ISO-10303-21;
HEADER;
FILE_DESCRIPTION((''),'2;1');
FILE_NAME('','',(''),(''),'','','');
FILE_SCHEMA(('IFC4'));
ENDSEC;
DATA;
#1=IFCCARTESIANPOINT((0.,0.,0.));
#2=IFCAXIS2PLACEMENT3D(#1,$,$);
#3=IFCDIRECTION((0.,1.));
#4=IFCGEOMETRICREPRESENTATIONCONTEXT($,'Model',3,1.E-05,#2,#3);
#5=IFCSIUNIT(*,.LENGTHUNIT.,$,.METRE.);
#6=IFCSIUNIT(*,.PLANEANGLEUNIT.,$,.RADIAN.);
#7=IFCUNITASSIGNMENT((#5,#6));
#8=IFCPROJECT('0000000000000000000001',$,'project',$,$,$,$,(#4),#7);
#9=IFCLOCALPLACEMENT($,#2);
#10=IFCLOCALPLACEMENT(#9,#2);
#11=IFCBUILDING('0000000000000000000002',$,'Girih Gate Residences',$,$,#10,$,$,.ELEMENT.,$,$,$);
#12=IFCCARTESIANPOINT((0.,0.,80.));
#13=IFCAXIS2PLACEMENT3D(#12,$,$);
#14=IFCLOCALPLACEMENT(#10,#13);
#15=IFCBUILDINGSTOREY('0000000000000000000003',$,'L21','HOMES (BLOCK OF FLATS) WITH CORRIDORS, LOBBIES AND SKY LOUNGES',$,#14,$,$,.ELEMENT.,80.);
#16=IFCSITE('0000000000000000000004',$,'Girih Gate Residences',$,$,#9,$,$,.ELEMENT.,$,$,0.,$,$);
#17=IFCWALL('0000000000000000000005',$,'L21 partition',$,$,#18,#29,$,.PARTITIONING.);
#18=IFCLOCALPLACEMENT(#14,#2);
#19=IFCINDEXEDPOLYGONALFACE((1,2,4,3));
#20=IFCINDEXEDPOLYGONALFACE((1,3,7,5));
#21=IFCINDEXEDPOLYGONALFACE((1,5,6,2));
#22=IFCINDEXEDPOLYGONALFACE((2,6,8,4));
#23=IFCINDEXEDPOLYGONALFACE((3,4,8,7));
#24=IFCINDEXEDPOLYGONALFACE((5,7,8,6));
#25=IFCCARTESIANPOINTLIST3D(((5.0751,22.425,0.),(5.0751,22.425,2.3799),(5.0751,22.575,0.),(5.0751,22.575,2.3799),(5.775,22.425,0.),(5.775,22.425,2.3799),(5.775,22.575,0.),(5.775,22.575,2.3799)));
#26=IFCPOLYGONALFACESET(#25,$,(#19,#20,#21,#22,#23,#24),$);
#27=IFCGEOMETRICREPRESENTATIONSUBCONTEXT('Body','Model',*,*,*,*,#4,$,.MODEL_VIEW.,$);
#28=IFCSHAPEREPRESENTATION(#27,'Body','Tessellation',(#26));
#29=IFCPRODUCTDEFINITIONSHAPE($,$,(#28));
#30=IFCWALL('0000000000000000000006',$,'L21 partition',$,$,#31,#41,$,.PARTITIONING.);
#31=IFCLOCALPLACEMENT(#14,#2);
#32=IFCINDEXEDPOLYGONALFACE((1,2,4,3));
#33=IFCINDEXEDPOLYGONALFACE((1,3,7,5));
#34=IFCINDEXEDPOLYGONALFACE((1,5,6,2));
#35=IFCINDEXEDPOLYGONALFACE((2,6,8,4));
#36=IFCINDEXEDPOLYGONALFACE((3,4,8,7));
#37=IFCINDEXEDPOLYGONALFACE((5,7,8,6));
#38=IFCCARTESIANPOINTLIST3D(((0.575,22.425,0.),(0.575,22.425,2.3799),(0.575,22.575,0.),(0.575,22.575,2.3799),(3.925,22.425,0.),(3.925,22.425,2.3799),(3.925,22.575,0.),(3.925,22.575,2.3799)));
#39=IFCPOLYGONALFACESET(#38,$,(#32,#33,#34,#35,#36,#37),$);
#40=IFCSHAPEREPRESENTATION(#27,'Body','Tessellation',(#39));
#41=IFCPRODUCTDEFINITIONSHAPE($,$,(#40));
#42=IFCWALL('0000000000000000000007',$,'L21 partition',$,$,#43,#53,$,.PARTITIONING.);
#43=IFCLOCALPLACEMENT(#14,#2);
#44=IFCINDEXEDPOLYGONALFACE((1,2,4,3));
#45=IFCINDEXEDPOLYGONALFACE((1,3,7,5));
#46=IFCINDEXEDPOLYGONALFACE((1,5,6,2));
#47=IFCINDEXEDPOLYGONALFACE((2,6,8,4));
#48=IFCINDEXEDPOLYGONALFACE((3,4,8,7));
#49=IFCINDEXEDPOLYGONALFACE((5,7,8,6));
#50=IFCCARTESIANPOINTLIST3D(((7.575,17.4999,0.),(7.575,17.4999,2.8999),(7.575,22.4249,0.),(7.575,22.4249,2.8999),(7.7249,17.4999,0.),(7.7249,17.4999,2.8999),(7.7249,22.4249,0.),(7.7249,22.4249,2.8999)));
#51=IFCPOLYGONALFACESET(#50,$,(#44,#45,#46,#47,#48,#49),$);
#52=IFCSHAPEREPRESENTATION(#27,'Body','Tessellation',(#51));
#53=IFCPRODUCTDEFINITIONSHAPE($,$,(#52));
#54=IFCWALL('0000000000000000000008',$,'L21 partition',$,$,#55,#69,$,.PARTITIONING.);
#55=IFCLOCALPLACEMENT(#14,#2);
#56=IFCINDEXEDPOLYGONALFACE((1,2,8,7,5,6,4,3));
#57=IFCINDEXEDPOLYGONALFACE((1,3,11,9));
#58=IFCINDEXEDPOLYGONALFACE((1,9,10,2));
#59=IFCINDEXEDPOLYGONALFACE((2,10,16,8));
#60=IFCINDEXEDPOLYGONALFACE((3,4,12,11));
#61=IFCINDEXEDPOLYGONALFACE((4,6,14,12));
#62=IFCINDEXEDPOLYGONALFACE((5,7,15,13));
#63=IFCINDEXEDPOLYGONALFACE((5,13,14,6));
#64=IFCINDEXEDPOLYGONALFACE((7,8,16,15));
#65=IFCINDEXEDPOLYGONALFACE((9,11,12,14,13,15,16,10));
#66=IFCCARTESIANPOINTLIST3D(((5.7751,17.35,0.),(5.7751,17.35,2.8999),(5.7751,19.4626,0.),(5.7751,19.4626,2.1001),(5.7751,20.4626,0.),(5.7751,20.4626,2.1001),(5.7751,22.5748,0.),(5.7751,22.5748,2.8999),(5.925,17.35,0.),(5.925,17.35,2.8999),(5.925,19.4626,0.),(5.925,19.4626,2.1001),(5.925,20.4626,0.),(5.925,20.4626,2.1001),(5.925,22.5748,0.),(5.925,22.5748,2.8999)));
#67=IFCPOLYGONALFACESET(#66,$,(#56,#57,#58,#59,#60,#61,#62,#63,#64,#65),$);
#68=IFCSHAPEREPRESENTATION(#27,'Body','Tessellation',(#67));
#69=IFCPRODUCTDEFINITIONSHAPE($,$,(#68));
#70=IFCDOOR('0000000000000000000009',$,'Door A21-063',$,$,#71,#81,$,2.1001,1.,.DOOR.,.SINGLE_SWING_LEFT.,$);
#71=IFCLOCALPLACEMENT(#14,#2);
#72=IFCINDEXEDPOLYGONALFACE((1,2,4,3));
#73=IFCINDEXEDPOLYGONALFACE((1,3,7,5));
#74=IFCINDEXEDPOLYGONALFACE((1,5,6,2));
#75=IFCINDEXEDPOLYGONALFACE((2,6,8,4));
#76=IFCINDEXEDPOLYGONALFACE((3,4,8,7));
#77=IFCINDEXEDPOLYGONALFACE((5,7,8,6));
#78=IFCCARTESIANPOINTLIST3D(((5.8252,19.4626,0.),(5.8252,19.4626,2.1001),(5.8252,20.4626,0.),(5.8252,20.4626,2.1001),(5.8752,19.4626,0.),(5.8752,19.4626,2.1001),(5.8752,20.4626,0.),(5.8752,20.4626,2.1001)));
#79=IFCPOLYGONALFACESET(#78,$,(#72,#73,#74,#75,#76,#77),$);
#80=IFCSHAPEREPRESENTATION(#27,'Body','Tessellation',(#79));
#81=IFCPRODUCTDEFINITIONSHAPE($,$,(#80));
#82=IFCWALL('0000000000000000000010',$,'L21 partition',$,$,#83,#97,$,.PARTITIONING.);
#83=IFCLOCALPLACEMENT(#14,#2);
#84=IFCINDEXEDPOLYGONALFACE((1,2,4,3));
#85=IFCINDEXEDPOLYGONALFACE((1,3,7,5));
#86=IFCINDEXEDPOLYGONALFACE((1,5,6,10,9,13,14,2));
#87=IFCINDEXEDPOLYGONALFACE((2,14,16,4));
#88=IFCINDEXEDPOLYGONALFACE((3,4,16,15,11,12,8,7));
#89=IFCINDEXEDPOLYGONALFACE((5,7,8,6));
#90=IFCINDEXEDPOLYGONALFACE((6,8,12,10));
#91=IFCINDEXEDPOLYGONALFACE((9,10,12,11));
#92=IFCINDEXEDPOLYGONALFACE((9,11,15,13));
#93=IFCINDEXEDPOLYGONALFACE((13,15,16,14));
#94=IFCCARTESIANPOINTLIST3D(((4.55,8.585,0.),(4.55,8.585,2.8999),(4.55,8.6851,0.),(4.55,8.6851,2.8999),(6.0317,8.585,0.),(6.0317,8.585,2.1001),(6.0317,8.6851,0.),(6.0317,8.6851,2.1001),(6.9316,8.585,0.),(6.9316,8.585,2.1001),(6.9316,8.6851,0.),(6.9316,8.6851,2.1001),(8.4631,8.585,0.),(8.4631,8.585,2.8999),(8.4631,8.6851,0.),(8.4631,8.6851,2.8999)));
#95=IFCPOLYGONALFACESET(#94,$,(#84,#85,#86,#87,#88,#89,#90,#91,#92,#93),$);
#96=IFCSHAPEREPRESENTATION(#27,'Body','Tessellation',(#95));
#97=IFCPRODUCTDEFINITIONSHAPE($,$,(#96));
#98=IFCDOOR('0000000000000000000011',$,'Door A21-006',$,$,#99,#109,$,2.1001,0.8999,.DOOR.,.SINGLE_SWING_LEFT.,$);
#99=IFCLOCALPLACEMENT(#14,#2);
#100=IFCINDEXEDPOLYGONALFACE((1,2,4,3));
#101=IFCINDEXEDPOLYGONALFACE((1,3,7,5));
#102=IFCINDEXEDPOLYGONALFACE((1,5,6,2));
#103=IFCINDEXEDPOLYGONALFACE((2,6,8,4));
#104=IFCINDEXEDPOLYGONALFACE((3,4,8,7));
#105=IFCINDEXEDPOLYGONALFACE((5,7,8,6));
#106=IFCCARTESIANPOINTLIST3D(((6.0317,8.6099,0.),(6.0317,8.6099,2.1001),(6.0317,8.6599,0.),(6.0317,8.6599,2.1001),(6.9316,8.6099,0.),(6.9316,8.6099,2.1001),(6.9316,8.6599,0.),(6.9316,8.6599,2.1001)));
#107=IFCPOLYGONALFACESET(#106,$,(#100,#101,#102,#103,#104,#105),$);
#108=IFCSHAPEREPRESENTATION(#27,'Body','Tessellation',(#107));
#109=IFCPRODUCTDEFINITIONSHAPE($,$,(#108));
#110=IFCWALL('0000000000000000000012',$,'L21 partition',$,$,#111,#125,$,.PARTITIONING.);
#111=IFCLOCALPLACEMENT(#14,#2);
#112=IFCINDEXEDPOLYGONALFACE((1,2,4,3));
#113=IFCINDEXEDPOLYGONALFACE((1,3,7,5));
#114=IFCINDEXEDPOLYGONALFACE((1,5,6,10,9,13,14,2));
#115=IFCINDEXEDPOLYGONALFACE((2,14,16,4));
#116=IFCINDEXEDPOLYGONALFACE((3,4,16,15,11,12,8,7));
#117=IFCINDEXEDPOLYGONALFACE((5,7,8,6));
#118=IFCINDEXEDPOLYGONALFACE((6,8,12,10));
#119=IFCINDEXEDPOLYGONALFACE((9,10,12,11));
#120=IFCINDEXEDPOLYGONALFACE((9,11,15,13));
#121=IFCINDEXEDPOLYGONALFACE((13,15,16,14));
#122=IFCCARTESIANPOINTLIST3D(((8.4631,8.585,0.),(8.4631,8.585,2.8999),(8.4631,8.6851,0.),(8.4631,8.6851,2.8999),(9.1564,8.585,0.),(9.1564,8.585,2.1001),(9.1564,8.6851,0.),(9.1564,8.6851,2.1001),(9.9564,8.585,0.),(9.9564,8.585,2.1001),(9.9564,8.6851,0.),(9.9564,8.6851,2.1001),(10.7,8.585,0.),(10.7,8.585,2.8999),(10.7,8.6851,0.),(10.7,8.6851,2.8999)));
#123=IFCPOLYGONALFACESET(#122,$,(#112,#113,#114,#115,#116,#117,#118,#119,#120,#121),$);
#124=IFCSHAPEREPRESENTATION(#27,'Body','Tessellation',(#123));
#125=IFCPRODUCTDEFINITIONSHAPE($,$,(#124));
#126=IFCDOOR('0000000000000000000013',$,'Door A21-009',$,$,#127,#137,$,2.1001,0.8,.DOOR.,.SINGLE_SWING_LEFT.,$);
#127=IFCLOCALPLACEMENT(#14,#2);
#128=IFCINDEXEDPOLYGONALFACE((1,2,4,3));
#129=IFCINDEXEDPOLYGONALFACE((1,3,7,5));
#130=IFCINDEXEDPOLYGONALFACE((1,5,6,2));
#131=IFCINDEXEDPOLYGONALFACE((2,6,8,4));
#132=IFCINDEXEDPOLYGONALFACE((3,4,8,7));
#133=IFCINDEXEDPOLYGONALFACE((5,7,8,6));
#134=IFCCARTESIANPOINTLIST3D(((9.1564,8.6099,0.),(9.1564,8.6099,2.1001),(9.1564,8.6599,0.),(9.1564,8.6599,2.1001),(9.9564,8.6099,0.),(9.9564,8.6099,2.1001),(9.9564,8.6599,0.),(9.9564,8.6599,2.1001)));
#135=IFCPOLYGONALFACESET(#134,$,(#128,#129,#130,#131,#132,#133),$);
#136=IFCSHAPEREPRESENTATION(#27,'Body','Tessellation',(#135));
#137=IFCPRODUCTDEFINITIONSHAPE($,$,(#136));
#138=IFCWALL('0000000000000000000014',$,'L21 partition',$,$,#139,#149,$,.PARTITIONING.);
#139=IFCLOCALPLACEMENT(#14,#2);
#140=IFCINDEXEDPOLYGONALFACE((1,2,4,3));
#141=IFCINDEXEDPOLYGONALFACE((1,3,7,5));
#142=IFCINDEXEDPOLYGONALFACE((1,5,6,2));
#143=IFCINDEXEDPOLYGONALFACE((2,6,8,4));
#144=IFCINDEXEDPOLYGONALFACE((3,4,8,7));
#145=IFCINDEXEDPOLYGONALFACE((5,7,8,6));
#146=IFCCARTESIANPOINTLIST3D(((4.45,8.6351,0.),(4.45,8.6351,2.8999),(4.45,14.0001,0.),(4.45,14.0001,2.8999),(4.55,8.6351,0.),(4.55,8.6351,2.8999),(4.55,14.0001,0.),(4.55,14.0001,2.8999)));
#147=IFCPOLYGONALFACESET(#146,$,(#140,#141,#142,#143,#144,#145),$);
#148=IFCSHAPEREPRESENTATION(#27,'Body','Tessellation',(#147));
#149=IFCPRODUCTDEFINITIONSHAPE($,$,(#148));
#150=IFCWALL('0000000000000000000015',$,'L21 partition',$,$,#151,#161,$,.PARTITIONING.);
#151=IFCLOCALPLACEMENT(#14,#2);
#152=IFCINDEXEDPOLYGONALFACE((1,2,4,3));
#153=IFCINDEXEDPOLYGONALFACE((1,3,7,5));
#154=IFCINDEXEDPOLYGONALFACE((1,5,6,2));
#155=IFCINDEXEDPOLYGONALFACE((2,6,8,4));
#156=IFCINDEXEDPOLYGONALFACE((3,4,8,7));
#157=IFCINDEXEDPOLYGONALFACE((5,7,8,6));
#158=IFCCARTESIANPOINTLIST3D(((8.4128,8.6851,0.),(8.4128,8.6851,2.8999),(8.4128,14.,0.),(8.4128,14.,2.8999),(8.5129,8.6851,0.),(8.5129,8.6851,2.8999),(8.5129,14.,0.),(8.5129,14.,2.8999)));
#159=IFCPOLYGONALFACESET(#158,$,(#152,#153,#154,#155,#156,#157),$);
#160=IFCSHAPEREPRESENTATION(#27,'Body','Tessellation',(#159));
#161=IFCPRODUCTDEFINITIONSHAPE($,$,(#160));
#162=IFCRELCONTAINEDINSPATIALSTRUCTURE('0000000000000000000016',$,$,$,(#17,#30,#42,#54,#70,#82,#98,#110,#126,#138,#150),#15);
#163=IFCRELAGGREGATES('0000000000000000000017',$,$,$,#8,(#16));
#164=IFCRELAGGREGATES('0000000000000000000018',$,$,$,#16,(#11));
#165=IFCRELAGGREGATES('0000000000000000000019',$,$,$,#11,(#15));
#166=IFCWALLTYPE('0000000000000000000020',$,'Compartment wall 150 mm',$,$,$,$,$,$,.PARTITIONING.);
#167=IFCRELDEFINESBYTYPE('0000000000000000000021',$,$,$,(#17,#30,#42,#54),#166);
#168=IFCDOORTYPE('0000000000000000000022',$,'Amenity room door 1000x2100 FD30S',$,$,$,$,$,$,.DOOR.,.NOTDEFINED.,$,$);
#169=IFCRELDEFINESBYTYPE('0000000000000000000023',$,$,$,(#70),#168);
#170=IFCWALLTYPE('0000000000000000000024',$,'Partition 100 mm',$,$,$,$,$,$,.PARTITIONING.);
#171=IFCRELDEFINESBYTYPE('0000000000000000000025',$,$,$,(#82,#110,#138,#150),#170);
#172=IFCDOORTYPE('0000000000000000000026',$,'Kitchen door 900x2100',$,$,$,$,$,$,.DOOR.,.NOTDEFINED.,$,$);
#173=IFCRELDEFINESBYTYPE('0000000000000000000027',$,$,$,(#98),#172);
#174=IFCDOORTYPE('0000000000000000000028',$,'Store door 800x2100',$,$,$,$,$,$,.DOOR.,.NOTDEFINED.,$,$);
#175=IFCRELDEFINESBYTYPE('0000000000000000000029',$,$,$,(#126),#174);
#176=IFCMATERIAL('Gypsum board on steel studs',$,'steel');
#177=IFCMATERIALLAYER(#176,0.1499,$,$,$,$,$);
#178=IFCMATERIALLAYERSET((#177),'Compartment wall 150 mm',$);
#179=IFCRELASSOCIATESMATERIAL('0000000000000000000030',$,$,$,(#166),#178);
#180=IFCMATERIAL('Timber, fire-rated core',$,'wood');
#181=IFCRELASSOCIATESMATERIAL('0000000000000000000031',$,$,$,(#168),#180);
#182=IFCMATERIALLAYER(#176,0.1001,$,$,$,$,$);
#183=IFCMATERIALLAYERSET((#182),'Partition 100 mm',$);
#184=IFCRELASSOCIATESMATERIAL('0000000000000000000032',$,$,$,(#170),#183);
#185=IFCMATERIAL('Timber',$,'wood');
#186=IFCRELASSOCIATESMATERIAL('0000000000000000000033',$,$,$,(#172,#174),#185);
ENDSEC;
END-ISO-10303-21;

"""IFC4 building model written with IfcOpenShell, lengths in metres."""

from ifc_helpers import new_model, si_unit, direction, frame, frame_2d, origin, place, context, subcontext, project, spatial, rectangle, extrude, material, layer, layer_set, type_object, element, fill, save


model = new_model("IFC4")

# Units and contexts
model_context = context("Model", 3, precision=1e-05, world=origin(), true_north=direction((0.0, 1.0)))
body_context = subcontext(model_context, "Body", "Model", "MODEL_VIEW")
ifc_project = project(units=[si_unit("LENGTHUNIT", "METRE"), si_unit("PLANEANGLEUNIT", "RADIAN")], contexts=[model_context])

# Site, building, storey
site_placement = place(None, origin())
site = spatial("IfcSite", under=ifc_project, at=site_placement, Name="Girih Gate Residences", CompositionType="ELEMENT", RefElevation=0.0)
building_placement = place(site_placement, origin())
building = spatial("IfcBuilding", under=site, at=building_placement, Name="Girih Gate Residences", CompositionType="ELEMENT")
storey_placement = place(building_placement, frame((0.0, 0.0, 80.0)))
storey = spatial("IfcBuildingStorey", under=building, at=storey_placement, Name="L21", Description="HOMES (BLOCK OF FLATS) WITH CORRIDORS, LOBBIES AND SKY LOUNGES", CompositionType="ELEMENT", Elevation=80.0)

# Shared definitions
ifc_material_1 = material(Name="Gypsum board on steel studs", Category="steel")
ifc_layer_1 = layer(ifc_material_1, 0.1499)
ifc_layer_set_1 = layer_set([ifc_layer_1], Name="Compartment wall 150 mm")
wall_type_1 = type_object("IfcWallType", Name="Compartment wall 150 mm", PredefinedType="PARTITIONING", material=ifc_layer_set_1)

# Shared definitions
ifc_material_2 = material(Name="Timber", Category="wood")

# Walls
wall_1_placement = place(storey_placement, frame((5.075, 22.5, 0.0), z_axis=(0.0, 0.0, 1.0), x_axis=(1.0, 0.0, 0.0)))
element("IfcWall", 1, at=wall_1_placement, inside=storey, type_object=wall_type_1, Name="L21 partition", PredefinedType="PARTITIONING", context=body_context, shape_type="SweptSolid", body=[
    extrude(rectangle(XDim=0.7, YDim=0.1499, at=frame_2d((0.3501, 0.0))), origin(), (0.0, 0.0, 1.0), 2.3799),
])
wall_2_placement = place(storey_placement, frame((0.575, 22.5, 0.0), z_axis=(0.0, 0.0, 1.0), x_axis=(1.0, 0.0, 0.0)))
element("IfcWall", 2, at=wall_2_placement, inside=storey, type_object=wall_type_1, Name="L21 partition", PredefinedType="PARTITIONING", context=body_context, shape_type="SweptSolid", body=[
    extrude(rectangle(XDim=3.3501, YDim=0.1499, at=frame_2d((1.675, 0.0))), origin(), (0.0, 0.0, 1.0), 2.3799),
])
wall_3_placement = place(storey_placement, frame((7.6499, 17.5, 0.0), z_axis=(0.0, 0.0, 1.0), x_axis=(0.0, 1.0, 0.0)))
element("IfcWall", 3, at=wall_3_placement, inside=storey, type_object=wall_type_1, Name="L21 partition", PredefinedType="PARTITIONING", context=body_context, shape_type="SweptSolid", body=[
    extrude(rectangle(XDim=4.925, YDim=0.1499, at=frame_2d((2.4624, 0.0))), origin(), (0.0, 0.0, 1.0), 2.8999),
])

# Walls, openings, doors
wall_4_placement = place(storey_placement, frame((5.8501, 17.3501, 0.0), z_axis=(0.0, 0.0, 1.0), x_axis=(0.0, 1.0, 0.0)))
wall_4 = element("IfcWall", 4, at=wall_4_placement, inside=storey, type_object=wall_type_1, Name="L21 partition", PredefinedType="PARTITIONING", context=body_context, shape_type="SweptSolid", body=[
    extrude(rectangle(XDim=5.2249, YDim=0.1499, at=frame_2d((2.6123, 0.0))), origin(), (0.0, 0.0, 1.0), 2.8999),
])
opening_1_placement = place(wall_4_placement, frame((2.1125, 0.0, 0.0)))
opening_1 = element("IfcOpeningElement", 5, at=opening_1_placement, cuts=wall_4, PredefinedType="OPENING", context=body_context, shape_type="SweptSolid", body=[
    extrude(rectangle(XDim=1.0, YDim=2.1001, at=frame_2d((0.5, 1.05))), frame((0.0, 0.085, 0.0), z_axis=(0.0, -1.0, 0.0), x_axis=(1.0, 0.0, 0.0)), (0.0, 0.0, 1.0), 0.1699),
])
ifc_material_3 = material(Name="Timber, fire-rated core", Category="wood")
door_type_1 = type_object("IfcDoorType", Name="Amenity room door 1000x2100 FD30S", OperationType="NOTDEFINED", PredefinedType="DOOR", material=ifc_material_3)
door_1_placement = place(opening_1_placement, origin())
door_1 = element("IfcDoor", 6, at=door_1_placement, inside=storey, type_object=door_type_1, Name="Door A21-063", OperationType="SINGLE_SWING_LEFT", OverallHeight=2.1001, OverallWidth=1.0, PredefinedType="DOOR", context=body_context, shape_type="SweptSolid", body=[
    extrude(rectangle(XDim=1.0, YDim=2.1001, at=frame_2d((0.5, 1.05))), frame((0.0, 0.0249, 0.0), z_axis=(0.0, -1.0, 0.0), x_axis=(1.0, 0.0, 0.0)), (0.0, 0.0, 1.0), 0.05),
])
fill(opening_1, door_1)
ifc_layer_2 = layer(ifc_material_1, 0.1001)
ifc_layer_set_2 = layer_set([ifc_layer_2], Name="Partition 100 mm")
wall_type_2 = type_object("IfcWallType", Name="Partition 100 mm", PredefinedType="PARTITIONING", material=ifc_layer_set_2)
wall_5_placement = place(storey_placement, frame((4.55, 8.635, 0.0), z_axis=(0.0, 0.0, 1.0), x_axis=(1.0, 0.0, 0.0)))
wall_5 = element("IfcWall", 7, at=wall_5_placement, inside=storey, type_object=wall_type_2, Name="L21 partition", PredefinedType="PARTITIONING", context=body_context, shape_type="SweptSolid", body=[
    extrude(rectangle(XDim=3.9131, YDim=0.1001, at=frame_2d((1.9565, 0.0))), origin(), (0.0, 0.0, 1.0), 2.8999),
])
opening_2_placement = place(wall_5_placement, frame((1.4817, 0.0, 0.0)))
opening_2 = element("IfcOpeningElement", 8, at=opening_2_placement, cuts=wall_5, PredefinedType="OPENING", context=body_context, shape_type="SweptSolid", body=[
    extrude(rectangle(XDim=0.8999, YDim=2.1001, at=frame_2d((0.45, 1.05))), frame((0.0, 0.0601, 0.0), z_axis=(0.0, -1.0, 0.0), x_axis=(1.0, 0.0, 0.0)), (0.0, 0.0, 1.0), 0.1201),
])
door_type_2 = type_object("IfcDoorType", Name="Kitchen door 900x2100", OperationType="NOTDEFINED", PredefinedType="DOOR", material=ifc_material_2)
door_2_placement = place(opening_2_placement, origin())
door_2 = element("IfcDoor", 9, at=door_2_placement, inside=storey, type_object=door_type_2, Name="Door A21-006", OperationType="SINGLE_SWING_LEFT", OverallHeight=2.1001, OverallWidth=0.8999, PredefinedType="DOOR", context=body_context, shape_type="SweptSolid", body=[
    extrude(rectangle(XDim=0.8999, YDim=2.1001, at=frame_2d((0.45, 1.05))), frame((0.0, 0.0249, 0.0), z_axis=(0.0, -1.0, 0.0), x_axis=(1.0, 0.0, 0.0)), (0.0, 0.0, 1.0), 0.05),
])
fill(opening_2, door_2)
wall_6_placement = place(storey_placement, frame((8.4631, 8.635, 0.0), z_axis=(0.0, 0.0, 1.0), x_axis=(1.0, 0.0, 0.0)))
wall_6 = element("IfcWall", 10, at=wall_6_placement, inside=storey, type_object=wall_type_2, Name="L21 partition", PredefinedType="PARTITIONING", context=body_context, shape_type="SweptSolid", body=[
    extrude(rectangle(XDim=2.2368, YDim=0.1001, at=frame_2d((1.1184, 0.0))), origin(), (0.0, 0.0, 1.0), 2.8999),
])
opening_3_placement = place(wall_6_placement, frame((0.6934, 0.0, 0.0)))
opening_3 = element("IfcOpeningElement", 11, at=opening_3_placement, cuts=wall_6, PredefinedType="OPENING", context=body_context, shape_type="SweptSolid", body=[
    extrude(rectangle(XDim=0.8, YDim=2.1001, at=frame_2d((0.3999, 1.05))), frame((0.0, 0.0601, 0.0), z_axis=(0.0, -1.0, 0.0), x_axis=(1.0, 0.0, 0.0)), (0.0, 0.0, 1.0), 0.1201),
])
door_type_3 = type_object("IfcDoorType", Name="Store door 800x2100", OperationType="NOTDEFINED", PredefinedType="DOOR", material=ifc_material_2)
door_3_placement = place(opening_3_placement, origin())
door_3 = element("IfcDoor", 12, at=door_3_placement, inside=storey, type_object=door_type_3, Name="Door A21-009", OperationType="SINGLE_SWING_LEFT", OverallHeight=2.1001, OverallWidth=0.8, PredefinedType="DOOR", context=body_context, shape_type="SweptSolid", body=[
    extrude(rectangle(XDim=0.8, YDim=2.1001, at=frame_2d((0.3999, 1.05))), frame((0.0, 0.0249, 0.0), z_axis=(0.0, -1.0, 0.0), x_axis=(1.0, 0.0, 0.0)), (0.0, 0.0, 1.0), 0.05),
])
fill(opening_3, door_3)

# Walls
wall_7_placement = place(storey_placement, frame((4.5, 8.635, 0.0), z_axis=(0.0, 0.0, 1.0), x_axis=(0.0, 1.0, 0.0)))
element("IfcWall", 13, at=wall_7_placement, inside=storey, type_object=wall_type_2, Name="L21 partition", PredefinedType="PARTITIONING", context=body_context, shape_type="SweptSolid", body=[
    extrude(rectangle(XDim=5.365, YDim=0.1001, at=frame_2d((2.6826, 0.0))), origin(), (0.0, 0.0, 1.0), 2.8999),
])
wall_8_placement = place(storey_placement, frame((8.4629, 8.6851, 0.0), z_axis=(0.0, 0.0, 1.0), x_axis=(0.0, 1.0, 0.0)))
element("IfcWall", 14, at=wall_8_placement, inside=storey, type_object=wall_type_2, Name="L21 partition", PredefinedType="PARTITIONING", context=body_context, shape_type="SweptSolid", body=[
    extrude(rectangle(XDim=5.3149, YDim=0.1001, at=frame_2d((2.6575, 0.0))), origin(), (0.0, 0.0, 1.0), 2.8999),
])

save(model, "model.ifc")
